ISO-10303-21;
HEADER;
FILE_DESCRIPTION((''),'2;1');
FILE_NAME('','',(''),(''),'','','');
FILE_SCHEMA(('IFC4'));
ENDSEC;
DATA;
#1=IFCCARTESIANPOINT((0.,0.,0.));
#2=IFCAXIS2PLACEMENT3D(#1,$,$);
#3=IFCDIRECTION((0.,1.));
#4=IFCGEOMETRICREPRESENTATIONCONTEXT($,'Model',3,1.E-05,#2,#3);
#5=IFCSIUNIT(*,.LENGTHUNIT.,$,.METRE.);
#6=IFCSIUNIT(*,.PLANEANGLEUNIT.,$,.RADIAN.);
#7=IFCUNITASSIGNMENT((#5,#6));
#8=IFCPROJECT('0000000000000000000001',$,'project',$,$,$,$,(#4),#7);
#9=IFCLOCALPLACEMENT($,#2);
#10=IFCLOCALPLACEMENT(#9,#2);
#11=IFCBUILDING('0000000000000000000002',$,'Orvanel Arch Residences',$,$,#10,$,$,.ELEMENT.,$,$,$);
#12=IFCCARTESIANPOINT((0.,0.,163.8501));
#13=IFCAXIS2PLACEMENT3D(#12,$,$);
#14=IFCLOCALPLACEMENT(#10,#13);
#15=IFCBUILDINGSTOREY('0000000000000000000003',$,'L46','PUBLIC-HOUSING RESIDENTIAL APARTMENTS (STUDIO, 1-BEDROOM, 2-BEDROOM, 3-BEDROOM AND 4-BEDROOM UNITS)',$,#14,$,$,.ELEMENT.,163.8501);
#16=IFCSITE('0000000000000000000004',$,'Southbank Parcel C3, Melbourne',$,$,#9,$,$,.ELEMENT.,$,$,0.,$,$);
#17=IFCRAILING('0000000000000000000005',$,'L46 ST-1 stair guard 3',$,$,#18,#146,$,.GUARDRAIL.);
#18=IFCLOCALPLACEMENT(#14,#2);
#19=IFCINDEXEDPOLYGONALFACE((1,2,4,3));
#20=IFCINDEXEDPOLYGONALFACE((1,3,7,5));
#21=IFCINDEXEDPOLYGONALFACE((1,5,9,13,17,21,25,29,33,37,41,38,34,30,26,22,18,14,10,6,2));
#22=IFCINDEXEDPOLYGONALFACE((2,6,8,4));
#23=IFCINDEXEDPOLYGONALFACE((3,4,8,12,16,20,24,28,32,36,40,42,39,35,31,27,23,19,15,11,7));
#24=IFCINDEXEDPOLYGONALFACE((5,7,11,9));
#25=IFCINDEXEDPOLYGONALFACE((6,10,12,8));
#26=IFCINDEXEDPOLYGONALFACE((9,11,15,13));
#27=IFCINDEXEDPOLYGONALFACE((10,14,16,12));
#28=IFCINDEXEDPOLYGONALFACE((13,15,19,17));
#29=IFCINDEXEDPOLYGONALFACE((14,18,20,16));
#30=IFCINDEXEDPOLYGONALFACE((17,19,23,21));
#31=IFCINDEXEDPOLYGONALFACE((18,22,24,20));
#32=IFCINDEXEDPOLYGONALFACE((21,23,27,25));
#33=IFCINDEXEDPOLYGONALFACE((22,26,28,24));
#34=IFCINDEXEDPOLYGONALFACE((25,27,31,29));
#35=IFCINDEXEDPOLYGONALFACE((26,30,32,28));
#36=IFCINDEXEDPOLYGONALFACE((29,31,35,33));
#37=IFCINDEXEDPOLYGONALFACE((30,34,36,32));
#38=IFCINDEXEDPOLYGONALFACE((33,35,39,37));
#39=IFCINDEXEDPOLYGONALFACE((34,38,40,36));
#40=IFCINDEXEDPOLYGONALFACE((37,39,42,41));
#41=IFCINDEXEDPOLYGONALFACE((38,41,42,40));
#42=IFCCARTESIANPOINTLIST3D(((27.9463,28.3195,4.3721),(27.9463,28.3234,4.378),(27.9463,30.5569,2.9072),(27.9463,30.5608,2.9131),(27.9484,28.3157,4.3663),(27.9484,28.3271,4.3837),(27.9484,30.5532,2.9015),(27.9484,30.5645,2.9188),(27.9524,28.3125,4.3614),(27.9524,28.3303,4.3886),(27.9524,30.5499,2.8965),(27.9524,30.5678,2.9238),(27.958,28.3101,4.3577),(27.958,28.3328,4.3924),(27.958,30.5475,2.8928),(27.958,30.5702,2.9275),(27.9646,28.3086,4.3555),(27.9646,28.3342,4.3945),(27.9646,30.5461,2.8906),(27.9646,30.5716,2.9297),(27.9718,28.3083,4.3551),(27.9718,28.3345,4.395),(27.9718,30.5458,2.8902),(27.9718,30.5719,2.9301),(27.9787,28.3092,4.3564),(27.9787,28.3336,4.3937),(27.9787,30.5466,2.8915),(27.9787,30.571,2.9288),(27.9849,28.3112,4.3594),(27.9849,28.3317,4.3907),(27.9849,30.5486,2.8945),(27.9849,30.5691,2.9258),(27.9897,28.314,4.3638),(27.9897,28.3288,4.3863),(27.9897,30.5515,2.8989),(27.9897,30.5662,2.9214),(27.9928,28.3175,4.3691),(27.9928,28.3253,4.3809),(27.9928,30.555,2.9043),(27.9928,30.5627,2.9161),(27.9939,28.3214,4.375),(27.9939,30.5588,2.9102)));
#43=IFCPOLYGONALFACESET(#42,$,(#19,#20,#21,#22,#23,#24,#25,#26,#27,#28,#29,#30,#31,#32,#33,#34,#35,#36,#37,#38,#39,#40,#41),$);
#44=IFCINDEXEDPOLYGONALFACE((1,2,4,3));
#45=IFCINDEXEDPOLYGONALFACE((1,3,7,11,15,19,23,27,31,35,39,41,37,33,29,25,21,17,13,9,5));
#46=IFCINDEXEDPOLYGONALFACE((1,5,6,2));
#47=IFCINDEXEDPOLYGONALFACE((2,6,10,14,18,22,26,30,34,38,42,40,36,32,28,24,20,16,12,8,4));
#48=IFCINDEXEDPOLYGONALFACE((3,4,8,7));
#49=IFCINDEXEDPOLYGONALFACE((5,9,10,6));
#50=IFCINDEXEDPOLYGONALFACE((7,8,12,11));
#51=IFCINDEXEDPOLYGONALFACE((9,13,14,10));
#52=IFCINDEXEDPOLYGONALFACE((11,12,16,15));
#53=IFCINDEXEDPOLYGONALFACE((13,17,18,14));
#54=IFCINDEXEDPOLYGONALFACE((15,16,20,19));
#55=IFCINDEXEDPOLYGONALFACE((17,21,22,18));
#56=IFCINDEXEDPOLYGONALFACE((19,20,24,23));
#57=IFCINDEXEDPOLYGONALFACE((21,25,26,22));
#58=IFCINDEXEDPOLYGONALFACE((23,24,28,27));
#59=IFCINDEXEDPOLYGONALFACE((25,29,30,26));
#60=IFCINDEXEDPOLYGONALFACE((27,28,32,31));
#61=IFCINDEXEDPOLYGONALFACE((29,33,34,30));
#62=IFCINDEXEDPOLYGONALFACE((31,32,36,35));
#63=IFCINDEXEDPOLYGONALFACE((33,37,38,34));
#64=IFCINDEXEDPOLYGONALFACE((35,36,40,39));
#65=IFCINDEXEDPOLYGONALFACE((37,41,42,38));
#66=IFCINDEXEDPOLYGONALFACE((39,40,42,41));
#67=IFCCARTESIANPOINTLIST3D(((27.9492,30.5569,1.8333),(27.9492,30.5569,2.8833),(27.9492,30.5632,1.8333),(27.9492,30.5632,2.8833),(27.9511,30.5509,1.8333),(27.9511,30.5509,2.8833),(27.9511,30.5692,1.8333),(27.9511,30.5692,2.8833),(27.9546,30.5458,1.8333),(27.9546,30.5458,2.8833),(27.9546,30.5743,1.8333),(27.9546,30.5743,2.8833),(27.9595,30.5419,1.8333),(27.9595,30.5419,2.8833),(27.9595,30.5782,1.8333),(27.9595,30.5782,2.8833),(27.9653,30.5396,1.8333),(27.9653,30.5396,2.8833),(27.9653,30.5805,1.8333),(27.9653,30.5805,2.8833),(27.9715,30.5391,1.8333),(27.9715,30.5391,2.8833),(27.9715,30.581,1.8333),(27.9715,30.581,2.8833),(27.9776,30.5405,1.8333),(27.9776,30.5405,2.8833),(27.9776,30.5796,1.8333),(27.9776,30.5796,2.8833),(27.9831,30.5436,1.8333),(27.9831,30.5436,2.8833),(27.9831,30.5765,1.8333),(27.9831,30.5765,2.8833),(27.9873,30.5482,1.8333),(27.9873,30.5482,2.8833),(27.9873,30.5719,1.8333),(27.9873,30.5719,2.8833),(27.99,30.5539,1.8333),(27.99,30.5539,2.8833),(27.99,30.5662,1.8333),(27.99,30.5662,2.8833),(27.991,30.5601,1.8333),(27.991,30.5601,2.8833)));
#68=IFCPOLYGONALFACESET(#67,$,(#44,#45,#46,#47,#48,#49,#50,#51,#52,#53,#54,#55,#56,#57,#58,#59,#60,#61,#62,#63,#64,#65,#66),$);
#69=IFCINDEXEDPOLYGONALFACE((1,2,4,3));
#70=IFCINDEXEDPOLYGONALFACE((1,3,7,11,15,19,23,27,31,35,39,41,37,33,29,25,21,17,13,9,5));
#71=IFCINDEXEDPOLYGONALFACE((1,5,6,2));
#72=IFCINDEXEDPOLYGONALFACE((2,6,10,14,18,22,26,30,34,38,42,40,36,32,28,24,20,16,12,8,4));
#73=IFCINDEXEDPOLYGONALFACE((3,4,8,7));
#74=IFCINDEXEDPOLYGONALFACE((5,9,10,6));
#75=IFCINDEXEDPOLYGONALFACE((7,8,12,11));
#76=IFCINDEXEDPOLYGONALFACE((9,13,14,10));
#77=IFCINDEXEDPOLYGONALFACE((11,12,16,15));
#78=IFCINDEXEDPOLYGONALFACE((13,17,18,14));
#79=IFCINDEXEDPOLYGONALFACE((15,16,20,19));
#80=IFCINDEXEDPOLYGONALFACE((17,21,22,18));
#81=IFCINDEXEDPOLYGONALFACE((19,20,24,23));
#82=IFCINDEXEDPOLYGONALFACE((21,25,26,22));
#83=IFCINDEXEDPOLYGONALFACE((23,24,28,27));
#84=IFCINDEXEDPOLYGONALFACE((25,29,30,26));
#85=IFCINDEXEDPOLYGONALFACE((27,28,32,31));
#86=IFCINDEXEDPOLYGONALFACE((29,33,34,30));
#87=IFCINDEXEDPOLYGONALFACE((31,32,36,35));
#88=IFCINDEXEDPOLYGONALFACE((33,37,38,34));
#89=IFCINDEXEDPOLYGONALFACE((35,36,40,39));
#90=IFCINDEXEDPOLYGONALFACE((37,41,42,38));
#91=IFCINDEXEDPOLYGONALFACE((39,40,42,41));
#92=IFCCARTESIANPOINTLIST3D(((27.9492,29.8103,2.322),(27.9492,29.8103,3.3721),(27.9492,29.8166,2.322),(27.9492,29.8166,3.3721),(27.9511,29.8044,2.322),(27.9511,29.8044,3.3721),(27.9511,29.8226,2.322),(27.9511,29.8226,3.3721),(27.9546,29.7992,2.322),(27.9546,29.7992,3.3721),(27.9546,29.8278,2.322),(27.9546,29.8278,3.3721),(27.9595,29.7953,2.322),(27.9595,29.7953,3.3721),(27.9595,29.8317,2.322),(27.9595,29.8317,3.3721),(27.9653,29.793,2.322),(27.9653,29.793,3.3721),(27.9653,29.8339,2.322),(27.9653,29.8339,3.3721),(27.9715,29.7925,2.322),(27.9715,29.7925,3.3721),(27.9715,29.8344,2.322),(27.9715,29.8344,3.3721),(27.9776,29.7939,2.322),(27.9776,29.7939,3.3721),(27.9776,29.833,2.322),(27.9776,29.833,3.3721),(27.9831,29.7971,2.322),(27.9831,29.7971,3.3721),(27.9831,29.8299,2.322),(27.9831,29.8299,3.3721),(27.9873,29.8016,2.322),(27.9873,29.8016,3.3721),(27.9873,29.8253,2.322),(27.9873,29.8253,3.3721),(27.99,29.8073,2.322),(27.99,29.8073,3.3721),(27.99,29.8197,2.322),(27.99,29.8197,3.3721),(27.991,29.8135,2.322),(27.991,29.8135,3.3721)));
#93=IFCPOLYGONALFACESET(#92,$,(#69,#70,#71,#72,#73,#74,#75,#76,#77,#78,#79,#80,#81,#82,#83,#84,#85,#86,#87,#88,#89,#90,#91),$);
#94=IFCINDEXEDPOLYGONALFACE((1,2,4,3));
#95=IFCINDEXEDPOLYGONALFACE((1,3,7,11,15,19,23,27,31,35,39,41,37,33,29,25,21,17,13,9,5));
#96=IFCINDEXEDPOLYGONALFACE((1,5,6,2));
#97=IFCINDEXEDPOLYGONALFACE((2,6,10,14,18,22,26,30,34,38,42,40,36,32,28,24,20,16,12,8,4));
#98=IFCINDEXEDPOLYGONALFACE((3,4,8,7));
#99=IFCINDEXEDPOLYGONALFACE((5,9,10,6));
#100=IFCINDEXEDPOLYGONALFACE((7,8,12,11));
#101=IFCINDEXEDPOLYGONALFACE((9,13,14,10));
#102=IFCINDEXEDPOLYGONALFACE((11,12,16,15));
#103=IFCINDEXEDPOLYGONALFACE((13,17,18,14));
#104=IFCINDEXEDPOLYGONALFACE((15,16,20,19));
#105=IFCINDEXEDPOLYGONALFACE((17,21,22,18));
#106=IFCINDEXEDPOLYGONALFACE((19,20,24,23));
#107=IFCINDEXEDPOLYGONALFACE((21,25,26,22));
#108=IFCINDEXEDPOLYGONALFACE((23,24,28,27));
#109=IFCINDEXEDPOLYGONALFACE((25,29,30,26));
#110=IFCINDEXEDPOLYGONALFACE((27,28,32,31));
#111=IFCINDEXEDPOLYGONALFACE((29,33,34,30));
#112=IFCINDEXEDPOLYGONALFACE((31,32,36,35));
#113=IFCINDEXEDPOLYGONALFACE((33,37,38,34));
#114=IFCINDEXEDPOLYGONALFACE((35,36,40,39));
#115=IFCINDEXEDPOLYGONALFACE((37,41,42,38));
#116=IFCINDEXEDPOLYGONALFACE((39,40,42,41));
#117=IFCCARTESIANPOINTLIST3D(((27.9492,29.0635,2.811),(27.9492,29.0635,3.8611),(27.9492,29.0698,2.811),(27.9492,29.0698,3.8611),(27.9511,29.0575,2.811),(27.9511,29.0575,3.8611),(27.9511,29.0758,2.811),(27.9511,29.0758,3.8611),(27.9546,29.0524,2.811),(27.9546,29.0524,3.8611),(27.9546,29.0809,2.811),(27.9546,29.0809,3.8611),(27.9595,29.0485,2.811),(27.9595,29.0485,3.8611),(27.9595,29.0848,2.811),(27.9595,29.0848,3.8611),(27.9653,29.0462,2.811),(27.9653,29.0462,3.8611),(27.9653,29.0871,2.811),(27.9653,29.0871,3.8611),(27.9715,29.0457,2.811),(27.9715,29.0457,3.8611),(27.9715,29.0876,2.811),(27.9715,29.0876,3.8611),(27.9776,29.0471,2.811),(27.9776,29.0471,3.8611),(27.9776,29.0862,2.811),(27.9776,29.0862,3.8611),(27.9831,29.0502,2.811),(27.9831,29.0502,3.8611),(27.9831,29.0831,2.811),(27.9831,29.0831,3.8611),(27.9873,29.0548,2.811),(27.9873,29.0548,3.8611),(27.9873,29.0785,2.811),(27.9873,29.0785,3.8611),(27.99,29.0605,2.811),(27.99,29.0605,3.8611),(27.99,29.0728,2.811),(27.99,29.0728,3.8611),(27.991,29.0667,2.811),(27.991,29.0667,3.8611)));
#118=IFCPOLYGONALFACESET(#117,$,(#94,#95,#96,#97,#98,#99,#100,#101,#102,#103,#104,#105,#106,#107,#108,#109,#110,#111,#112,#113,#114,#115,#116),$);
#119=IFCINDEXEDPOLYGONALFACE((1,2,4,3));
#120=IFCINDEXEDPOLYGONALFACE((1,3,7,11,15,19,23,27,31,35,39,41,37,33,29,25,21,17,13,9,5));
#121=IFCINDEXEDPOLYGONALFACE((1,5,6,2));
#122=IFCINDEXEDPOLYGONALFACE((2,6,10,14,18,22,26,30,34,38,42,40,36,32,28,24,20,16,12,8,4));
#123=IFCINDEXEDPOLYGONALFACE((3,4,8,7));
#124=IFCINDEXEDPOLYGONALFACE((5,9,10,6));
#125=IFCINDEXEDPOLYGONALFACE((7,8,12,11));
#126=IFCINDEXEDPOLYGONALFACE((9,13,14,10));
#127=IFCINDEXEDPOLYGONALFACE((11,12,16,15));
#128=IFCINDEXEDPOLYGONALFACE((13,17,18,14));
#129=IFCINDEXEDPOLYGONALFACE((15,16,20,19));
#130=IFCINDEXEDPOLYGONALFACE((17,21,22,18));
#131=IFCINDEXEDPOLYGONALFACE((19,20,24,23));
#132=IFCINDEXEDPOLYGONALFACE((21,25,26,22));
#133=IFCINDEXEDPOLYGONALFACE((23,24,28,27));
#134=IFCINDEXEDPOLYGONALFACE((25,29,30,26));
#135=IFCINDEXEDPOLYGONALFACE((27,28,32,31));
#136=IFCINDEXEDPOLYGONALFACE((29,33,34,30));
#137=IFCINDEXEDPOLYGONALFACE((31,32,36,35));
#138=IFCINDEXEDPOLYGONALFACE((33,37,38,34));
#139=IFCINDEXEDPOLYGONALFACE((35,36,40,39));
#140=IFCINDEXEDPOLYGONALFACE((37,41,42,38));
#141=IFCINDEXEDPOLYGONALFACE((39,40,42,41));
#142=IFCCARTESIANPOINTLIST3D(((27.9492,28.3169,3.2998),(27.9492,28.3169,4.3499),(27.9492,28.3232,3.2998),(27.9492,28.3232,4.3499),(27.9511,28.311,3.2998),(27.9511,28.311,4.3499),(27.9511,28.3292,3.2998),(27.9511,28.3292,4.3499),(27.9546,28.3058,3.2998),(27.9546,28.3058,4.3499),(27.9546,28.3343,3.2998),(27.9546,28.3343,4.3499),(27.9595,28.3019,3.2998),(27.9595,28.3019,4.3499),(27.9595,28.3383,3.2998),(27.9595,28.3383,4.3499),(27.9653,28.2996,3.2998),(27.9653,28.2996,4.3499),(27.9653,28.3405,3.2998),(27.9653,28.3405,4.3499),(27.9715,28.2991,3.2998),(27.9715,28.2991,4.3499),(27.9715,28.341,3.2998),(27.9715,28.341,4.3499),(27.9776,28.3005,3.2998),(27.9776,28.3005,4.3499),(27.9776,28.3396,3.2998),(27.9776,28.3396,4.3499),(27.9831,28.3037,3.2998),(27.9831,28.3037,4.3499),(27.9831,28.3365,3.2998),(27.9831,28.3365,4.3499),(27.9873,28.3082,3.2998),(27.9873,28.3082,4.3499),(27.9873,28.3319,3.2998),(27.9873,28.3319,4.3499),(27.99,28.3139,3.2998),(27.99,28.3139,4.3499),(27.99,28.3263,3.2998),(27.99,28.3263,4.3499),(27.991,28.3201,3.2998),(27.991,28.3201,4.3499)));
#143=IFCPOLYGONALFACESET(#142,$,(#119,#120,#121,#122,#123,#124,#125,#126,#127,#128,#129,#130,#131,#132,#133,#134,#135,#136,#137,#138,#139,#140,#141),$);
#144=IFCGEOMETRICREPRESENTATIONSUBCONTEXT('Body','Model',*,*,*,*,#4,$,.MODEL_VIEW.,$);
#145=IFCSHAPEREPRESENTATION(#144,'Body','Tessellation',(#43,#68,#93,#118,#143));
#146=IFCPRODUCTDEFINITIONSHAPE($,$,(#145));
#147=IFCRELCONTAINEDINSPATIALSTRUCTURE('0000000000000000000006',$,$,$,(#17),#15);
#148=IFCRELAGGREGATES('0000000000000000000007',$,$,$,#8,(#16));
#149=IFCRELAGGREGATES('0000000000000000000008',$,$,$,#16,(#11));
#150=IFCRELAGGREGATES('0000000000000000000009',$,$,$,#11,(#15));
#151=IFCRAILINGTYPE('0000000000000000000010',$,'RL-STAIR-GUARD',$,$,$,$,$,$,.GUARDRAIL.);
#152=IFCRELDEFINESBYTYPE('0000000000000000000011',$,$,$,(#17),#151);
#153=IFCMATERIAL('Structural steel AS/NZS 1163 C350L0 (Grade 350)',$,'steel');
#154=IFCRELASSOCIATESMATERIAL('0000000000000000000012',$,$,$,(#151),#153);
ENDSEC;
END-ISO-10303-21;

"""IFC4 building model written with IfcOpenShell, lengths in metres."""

from ifc_helpers import new_model, si_unit, direction, frame, origin, origin_2d, place, context, subcontext, project, spatial, circle, extrude, material, type_object, element, save


model = new_model("IFC4")

# Units and contexts
model_context = context("Model", 3, precision=1e-05, world=origin(), true_north=direction((0.0, 1.0)))
body_context = subcontext(model_context, "Body", "Model", "MODEL_VIEW")
ifc_project = project(units=[si_unit("LENGTHUNIT", "METRE"), si_unit("PLANEANGLEUNIT", "RADIAN")], contexts=[model_context])

# Site, building, storey
site_placement = place(None, origin())
site = spatial("IfcSite", under=ifc_project, at=site_placement, Name="Southbank Parcel C3, Melbourne", CompositionType="ELEMENT", RefElevation=0.0)
building_placement = place(site_placement, origin())
building = spatial("IfcBuilding", under=site, at=building_placement, Name="Orvanel Arch Residences", CompositionType="ELEMENT")
storey_placement = place(building_placement, frame((0.0, 0.0, 163.8501)))
storey = spatial("IfcBuildingStorey", under=building, at=storey_placement, Name="L46", Description="PUBLIC-HOUSING RESIDENTIAL APARTMENTS (STUDIO, 1-BEDROOM, 2-BEDROOM, 3-BEDROOM AND 4-BEDROOM UNITS)", CompositionType="ELEMENT", Elevation=163.8501)

# Railing
ifc_material_1 = material(Name="Structural steel AS/NZS 1163 C350L0 (Grade 350)", Category="steel")
railing_type_1 = type_object("IfcRailingType", Name="RL-STAIR-GUARD", PredefinedType="GUARDRAIL", material=ifc_material_1)
railing_1_placement = place(storey_placement, frame((27.97, 30.5601, 1.8333)))
element("IfcRailing", 1, at=railing_1_placement, inside=storey, type_object=railing_type_1, Name="L46 ST-1 stair guard 3", PredefinedType="GUARDRAIL", context=body_context, shape_type="SweptSolid", body=[
    extrude(circle(Radius=0.0239, at=origin_2d()), frame((0.0, -0.0012, 1.0769), z_axis=(0.0, -0.836637, 0.547758), x_axis=(1.0, 0.0, 0.0)), (0.0, 0.0, 1.0), 2.6743),
    extrude(circle(Radius=0.021, at=origin_2d()), origin(), (0.0, 0.0, 1.0), 1.05),
    extrude(circle(Radius=0.021, at=origin_2d()), frame((0.0, -0.7466, 0.4888)), (0.0, 0.0, 1.0), 1.05),
    extrude(circle(Radius=0.021, at=origin_2d()), frame((0.0, -1.4934, 0.9778)), (0.0, 0.0, 1.0), 1.05),
    extrude(circle(Radius=0.021, at=origin_2d()), frame((0.0, -2.24, 1.4666)), (0.0, 0.0, 1.0), 1.05),
])

save(model, "model.ifc")
